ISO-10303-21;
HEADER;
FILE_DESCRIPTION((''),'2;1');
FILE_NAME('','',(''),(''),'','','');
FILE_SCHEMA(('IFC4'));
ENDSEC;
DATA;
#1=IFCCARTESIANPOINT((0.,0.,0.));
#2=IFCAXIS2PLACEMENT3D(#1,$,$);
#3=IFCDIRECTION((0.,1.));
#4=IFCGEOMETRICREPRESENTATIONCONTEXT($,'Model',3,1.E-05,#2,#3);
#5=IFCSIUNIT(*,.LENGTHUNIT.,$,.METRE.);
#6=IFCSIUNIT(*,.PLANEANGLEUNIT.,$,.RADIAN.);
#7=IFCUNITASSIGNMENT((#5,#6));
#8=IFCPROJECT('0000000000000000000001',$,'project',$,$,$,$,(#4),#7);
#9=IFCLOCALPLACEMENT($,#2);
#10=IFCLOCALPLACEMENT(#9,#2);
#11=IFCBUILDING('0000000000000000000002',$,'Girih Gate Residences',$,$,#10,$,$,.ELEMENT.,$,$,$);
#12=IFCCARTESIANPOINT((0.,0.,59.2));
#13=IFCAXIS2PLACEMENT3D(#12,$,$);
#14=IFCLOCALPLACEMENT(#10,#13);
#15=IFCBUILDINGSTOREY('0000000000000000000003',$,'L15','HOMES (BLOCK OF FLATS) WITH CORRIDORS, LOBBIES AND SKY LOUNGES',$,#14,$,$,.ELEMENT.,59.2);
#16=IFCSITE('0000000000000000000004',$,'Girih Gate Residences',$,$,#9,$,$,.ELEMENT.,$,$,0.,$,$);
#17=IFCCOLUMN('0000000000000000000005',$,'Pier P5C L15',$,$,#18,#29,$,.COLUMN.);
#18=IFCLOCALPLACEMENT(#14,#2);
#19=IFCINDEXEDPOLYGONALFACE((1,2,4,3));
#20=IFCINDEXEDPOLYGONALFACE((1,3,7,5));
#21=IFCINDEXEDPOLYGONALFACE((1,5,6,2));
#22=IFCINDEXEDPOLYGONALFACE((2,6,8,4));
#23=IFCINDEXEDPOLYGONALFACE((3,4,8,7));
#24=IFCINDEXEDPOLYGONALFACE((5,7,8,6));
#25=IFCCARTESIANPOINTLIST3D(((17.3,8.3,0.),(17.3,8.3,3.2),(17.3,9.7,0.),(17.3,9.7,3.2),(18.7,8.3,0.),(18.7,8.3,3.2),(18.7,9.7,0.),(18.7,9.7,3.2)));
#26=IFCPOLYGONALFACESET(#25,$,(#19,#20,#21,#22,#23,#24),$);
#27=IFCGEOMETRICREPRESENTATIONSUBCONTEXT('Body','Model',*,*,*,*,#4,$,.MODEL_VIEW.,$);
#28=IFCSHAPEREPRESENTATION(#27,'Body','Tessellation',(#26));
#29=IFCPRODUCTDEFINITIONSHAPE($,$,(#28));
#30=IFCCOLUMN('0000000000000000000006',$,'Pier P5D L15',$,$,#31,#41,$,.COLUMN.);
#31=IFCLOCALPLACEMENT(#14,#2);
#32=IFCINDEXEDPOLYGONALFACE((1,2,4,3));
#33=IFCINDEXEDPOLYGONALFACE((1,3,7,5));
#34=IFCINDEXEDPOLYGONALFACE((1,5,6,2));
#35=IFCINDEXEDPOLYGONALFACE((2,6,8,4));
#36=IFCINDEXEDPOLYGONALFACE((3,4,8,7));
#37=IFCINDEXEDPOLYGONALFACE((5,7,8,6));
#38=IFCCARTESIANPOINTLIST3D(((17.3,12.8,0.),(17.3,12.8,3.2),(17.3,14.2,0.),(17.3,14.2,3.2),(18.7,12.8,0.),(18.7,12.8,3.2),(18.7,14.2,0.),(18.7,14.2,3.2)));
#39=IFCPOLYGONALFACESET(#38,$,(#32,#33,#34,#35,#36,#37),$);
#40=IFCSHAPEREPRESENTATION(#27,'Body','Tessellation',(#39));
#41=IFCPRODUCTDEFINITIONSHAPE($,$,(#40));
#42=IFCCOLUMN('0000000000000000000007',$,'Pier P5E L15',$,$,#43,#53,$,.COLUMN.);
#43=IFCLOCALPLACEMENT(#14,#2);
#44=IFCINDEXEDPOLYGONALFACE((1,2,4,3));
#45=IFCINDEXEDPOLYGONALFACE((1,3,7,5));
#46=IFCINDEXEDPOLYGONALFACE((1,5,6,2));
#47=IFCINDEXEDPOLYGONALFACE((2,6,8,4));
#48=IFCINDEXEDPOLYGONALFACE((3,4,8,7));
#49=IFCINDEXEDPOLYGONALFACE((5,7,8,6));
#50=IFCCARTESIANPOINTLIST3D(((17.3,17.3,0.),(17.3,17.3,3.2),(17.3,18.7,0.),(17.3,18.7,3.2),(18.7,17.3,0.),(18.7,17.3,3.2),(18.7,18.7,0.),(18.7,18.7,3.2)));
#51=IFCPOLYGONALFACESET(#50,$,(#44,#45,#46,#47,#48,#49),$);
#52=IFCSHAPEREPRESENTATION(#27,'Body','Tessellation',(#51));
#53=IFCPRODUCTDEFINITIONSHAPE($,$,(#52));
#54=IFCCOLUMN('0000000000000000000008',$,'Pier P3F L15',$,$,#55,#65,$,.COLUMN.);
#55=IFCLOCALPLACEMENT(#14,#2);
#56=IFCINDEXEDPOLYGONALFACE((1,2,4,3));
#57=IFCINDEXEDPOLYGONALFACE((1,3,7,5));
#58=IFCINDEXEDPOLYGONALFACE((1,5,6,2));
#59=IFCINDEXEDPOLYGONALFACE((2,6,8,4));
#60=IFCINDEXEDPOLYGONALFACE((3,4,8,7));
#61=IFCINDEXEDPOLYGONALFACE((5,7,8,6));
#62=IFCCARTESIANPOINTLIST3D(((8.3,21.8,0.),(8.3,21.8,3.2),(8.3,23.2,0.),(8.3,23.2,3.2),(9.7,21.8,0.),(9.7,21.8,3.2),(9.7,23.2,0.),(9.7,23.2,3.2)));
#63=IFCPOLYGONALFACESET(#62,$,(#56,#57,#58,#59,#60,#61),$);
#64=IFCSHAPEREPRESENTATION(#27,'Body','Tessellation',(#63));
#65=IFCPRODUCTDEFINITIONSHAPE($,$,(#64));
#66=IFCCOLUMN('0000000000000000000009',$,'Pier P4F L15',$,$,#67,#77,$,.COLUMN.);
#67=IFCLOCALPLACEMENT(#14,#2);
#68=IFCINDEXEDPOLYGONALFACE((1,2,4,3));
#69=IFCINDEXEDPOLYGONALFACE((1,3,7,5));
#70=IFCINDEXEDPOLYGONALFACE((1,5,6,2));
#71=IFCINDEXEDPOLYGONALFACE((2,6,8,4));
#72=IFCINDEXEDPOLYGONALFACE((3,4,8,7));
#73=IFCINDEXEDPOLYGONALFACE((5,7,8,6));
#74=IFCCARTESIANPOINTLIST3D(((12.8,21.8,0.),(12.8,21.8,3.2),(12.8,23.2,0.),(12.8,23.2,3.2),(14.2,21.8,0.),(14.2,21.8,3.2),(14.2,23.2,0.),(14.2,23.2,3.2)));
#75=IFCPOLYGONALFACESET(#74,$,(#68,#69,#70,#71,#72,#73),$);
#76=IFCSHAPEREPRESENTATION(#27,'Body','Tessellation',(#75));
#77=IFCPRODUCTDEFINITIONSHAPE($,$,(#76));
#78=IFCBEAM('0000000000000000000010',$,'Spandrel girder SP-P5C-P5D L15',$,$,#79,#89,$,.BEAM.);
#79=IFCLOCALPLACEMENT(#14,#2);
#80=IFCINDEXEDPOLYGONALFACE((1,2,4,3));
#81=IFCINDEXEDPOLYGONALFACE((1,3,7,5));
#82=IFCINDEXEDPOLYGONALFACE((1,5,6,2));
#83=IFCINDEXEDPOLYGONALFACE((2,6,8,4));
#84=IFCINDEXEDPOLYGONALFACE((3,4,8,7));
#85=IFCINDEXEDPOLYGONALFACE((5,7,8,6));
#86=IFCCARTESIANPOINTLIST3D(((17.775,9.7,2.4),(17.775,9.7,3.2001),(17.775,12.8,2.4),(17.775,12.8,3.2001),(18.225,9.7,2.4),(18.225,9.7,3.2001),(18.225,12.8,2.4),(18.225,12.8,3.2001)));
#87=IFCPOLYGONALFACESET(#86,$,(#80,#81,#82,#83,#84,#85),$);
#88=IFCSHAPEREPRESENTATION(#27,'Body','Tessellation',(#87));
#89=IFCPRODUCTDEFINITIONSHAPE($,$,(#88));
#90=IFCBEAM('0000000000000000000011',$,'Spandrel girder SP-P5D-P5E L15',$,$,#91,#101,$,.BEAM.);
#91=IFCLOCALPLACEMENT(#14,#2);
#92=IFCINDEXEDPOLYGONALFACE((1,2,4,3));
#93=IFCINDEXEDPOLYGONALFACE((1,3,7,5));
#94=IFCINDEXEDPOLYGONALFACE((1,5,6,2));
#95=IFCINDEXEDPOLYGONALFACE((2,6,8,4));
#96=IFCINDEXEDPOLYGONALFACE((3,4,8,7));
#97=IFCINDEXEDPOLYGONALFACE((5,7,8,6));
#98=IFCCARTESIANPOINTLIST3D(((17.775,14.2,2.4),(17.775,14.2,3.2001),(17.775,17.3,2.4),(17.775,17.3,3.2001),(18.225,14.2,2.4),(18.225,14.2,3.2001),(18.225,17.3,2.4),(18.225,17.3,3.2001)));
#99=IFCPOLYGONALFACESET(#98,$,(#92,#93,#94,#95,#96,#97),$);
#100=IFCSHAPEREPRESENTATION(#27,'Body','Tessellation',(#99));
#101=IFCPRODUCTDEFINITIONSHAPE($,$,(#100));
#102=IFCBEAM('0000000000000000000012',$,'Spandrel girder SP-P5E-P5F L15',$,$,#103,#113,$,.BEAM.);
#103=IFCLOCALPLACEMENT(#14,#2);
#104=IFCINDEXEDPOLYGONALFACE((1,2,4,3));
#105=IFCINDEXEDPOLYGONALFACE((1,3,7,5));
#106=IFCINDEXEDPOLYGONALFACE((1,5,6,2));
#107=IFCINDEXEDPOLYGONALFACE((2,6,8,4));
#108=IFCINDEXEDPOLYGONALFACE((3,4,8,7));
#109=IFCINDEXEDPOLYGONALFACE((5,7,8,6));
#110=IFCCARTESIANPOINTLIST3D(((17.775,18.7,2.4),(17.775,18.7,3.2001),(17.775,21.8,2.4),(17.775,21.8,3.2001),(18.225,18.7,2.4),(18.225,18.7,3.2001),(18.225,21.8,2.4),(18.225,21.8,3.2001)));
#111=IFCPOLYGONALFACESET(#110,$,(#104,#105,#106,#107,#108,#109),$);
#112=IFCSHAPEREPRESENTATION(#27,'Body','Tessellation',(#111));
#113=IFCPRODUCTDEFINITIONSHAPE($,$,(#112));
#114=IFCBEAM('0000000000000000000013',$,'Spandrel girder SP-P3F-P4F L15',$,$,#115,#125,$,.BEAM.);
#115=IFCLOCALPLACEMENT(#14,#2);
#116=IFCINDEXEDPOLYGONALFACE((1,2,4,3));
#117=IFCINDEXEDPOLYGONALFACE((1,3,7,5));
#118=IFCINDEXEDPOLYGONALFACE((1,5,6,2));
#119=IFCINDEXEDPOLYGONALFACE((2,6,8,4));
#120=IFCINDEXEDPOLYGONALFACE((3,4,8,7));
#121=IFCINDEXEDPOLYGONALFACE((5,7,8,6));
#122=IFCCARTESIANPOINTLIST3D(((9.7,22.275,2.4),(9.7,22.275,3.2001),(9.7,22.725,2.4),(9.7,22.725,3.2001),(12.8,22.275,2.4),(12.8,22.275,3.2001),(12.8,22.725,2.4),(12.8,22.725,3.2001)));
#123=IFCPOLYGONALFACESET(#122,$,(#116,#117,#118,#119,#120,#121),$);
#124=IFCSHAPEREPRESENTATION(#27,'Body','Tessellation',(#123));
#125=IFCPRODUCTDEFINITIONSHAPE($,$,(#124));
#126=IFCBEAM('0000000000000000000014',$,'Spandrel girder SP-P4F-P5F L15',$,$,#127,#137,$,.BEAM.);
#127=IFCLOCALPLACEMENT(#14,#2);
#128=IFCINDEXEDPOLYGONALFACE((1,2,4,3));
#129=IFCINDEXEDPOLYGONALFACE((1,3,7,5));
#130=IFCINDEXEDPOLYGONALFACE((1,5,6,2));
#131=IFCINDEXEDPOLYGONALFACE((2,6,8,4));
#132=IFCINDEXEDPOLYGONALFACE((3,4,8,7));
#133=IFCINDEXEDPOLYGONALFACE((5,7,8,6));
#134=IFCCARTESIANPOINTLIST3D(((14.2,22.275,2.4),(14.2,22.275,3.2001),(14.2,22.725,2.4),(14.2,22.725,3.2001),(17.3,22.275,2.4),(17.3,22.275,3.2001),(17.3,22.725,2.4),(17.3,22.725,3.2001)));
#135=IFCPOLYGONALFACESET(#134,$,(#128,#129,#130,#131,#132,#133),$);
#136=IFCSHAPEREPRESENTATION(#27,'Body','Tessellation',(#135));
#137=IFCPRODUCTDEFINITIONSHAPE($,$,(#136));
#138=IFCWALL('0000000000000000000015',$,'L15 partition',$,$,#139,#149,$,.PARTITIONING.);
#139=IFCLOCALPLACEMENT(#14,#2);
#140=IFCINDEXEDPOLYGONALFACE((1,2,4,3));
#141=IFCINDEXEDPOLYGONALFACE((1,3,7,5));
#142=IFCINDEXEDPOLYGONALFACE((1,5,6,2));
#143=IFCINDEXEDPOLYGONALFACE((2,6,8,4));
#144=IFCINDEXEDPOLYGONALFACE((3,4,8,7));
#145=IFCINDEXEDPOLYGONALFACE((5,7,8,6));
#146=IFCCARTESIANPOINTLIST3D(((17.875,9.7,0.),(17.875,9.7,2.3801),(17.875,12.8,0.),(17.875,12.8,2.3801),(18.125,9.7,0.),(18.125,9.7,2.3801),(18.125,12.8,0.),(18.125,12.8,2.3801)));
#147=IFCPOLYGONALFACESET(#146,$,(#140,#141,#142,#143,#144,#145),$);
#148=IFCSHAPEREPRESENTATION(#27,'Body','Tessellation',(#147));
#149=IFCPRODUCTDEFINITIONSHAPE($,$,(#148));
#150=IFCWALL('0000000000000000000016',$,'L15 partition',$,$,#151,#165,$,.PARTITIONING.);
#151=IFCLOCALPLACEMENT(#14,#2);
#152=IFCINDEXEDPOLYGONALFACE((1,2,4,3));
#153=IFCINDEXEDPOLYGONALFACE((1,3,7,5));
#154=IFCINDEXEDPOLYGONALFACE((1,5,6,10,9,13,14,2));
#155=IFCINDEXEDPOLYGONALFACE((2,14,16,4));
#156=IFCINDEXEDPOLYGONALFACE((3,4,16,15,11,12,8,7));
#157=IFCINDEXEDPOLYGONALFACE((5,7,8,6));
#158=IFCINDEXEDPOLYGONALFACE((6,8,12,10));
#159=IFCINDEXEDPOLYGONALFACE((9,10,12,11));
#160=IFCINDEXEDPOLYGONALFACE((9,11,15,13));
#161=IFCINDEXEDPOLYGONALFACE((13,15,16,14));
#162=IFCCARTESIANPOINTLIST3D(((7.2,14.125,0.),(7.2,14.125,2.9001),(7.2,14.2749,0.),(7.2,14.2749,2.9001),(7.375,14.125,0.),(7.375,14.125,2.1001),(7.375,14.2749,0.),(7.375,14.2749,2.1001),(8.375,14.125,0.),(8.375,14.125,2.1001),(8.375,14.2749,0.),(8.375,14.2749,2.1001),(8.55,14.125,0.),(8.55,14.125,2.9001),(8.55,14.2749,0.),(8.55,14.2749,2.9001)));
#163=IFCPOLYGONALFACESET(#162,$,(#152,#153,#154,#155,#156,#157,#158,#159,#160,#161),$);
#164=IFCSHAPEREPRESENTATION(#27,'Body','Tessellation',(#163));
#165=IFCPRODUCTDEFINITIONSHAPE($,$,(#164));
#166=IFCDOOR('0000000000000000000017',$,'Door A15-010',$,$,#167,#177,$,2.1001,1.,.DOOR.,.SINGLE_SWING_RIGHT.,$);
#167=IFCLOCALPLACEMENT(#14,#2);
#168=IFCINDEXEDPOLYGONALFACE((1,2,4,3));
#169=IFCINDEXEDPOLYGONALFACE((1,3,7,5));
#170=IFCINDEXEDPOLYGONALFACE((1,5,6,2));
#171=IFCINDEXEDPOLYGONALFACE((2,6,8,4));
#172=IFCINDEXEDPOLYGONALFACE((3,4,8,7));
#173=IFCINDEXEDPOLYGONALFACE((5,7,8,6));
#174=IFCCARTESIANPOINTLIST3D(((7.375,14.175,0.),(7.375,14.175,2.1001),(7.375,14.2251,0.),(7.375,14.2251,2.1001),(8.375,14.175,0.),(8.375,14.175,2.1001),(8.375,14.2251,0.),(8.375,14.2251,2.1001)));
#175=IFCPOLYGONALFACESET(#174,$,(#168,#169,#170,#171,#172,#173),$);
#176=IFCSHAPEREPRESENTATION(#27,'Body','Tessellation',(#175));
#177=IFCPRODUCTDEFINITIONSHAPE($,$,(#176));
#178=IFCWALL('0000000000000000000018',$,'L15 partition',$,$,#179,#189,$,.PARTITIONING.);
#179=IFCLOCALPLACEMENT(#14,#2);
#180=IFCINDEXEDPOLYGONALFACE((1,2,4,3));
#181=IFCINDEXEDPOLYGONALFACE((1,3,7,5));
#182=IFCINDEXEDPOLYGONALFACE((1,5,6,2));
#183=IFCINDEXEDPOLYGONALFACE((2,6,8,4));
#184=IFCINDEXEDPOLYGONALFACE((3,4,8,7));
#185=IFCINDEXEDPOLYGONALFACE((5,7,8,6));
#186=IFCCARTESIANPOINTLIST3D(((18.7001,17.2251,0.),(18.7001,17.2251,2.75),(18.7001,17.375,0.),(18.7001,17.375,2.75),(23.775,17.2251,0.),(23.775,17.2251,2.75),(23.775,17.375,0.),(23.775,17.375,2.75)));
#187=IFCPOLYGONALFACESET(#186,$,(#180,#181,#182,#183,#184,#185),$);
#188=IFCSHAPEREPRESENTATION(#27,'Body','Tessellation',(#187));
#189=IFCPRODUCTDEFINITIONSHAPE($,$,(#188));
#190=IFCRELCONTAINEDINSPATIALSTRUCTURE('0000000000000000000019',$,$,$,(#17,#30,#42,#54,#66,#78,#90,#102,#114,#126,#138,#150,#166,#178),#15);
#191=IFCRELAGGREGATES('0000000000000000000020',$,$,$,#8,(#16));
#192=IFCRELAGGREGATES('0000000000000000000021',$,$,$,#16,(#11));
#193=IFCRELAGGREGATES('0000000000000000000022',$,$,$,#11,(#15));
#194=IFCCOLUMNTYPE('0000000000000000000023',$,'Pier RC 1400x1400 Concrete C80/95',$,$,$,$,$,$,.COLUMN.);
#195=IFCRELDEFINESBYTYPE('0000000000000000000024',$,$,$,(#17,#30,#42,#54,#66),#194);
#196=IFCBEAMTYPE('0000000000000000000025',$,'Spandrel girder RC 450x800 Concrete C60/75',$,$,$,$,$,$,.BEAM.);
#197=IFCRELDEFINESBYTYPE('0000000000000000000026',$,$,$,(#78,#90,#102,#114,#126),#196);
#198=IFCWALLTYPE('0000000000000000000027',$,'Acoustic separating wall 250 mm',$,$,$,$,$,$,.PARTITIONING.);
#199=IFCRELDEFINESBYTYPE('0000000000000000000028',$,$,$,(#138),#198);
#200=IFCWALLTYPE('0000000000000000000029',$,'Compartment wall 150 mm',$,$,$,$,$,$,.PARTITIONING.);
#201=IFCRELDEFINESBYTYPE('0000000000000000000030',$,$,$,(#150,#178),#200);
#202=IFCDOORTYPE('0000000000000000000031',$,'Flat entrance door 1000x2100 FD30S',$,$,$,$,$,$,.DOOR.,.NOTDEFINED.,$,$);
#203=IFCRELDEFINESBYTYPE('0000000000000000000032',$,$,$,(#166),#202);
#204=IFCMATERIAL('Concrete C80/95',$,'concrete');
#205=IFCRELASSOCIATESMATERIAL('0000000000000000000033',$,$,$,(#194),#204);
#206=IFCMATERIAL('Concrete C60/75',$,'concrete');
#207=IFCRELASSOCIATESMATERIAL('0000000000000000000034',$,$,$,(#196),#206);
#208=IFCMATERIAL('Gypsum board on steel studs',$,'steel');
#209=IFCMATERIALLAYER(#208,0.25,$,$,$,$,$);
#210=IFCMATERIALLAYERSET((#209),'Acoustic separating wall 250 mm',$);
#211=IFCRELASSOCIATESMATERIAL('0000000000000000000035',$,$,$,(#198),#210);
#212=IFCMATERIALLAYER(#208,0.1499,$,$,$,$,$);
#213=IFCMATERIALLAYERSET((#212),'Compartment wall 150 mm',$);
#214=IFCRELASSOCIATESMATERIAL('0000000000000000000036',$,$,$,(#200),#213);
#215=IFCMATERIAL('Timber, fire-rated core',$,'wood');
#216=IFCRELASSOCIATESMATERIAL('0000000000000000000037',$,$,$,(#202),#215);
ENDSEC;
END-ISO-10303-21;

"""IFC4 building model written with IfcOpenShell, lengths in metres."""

from ifc_helpers import new_model, si_unit, direction, frame, frame_2d, origin, origin_2d, place, context, subcontext, project, spatial, rectangle, extrude, material, layer, layer_set, material_profile, profile_set, type_object, element, fill, save


model = new_model("IFC4")

# Units and contexts
model_context = context("Model", 3, precision=1e-05, world=origin(), true_north=direction((0.0, 1.0)))
body_context = subcontext(model_context, "Body", "Model", "MODEL_VIEW")
ifc_project = project(units=[si_unit("LENGTHUNIT", "METRE"), si_unit("PLANEANGLEUNIT", "RADIAN")], contexts=[model_context])

# Site, building, storey
site_placement = place(None, origin())
site = spatial("IfcSite", under=ifc_project, at=site_placement, Name="Girih Gate Residences", CompositionType="ELEMENT", RefElevation=0.0)
building_placement = place(site_placement, origin())
building = spatial("IfcBuilding", under=site, at=building_placement, Name="Girih Gate Residences", CompositionType="ELEMENT")
storey_placement = place(building_placement, frame((0.0, 0.0, 59.2)))
storey = spatial("IfcBuildingStorey", under=building, at=storey_placement, Name="L15", Description="HOMES (BLOCK OF FLATS) WITH CORRIDORS, LOBBIES AND SKY LOUNGES", CompositionType="ELEMENT", Elevation=59.2)

# Columns
ifc_material_1 = material(Name="Concrete C80/95", Category="concrete")
ifc_material_profile_1 = material_profile(ifc_material_1, rectangle(XDim=1.3999, YDim=1.3999, at=origin_2d()))
ifc_profile_set_1 = profile_set([ifc_material_profile_1], Name="Concrete C80/95")
column_type = type_object("IfcColumnType", Name="Pier RC 1400x1400 Concrete C80/95", PredefinedType="COLUMN", material=ifc_profile_set_1)
for number, where, z_axis, x_axis, name in (
    (1, (18.0, 9.0, 0.0), (0.0, 0.0, 1.0), (1.0, 0.0, 0.0), "Pier P5C L15"),
    (2, (18.0, 13.5, 0.0), (0.0, 0.0, 1.0), (1.0, 0.0, 0.0), "Pier P5D L15"),
    (3, (18.0, 18.0, 0.0), (0.0, 0.0, 1.0), (1.0, 0.0, 0.0), "Pier P5E L15"),
    (4, (9.0, 22.5, 0.0), (0.0, 0.0, 1.0), (1.0, 0.0, 0.0), "Pier P3F L15"),
    (5, (13.5, 22.5, 0.0), (0.0, 0.0, 1.0), (1.0, 0.0, 0.0), "Pier P4F L15"),
):
    element("IfcColumn", number, at=place(storey_placement, frame(where, z_axis=z_axis, x_axis=x_axis)), inside=storey, type_object=column_type, Name=name, PredefinedType="COLUMN", context=body_context, shape_type="SweptSolid", body=[
        extrude(rectangle(XDim=1.3999, YDim=1.3999, at=origin_2d()), origin(), (0.0, 0.0, 1.0), 3.2),
    ])

# Beams
ifc_material_2 = material(Name="Concrete C60/75", Category="concrete")
ifc_material_profile_2 = material_profile(ifc_material_2, rectangle(XDim=0.45, YDim=0.8, at=origin_2d()))
ifc_profile_set_2 = profile_set([ifc_material_profile_2], Name="Concrete C60/75")
beam_type = type_object("IfcBeamType", Name="Spandrel girder RC 450x800 Concrete C60/75", PredefinedType="BEAM", material=ifc_profile_set_2)
for number, where, z_axis, x_axis, name in (
    (6, (18.0, 9.7, 2.8), (0.0, 1.0, 0.0), (-1.0, 0.0, 0.0), "Spandrel girder SP-P5C-P5D L15"),
    (7, (18.0, 14.2, 2.8), (0.0, 1.0, 0.0), (-1.0, 0.0, 0.0), "Spandrel girder SP-P5D-P5E L15"),
    (8, (18.0, 18.7, 2.8), (0.0, 1.0, 0.0), (-1.0, 0.0, 0.0), "Spandrel girder SP-P5E-P5F L15"),
    (9, (9.7, 22.5, 2.8), (1.0, 0.0, 0.0), (0.0, 1.0, 0.0), "Spandrel girder SP-P3F-P4F L15"),
    (10, (14.2, 22.5, 2.8), (1.0, 0.0, 0.0), (0.0, 1.0, 0.0), "Spandrel girder SP-P4F-P5F L15"),
):
    element("IfcBeam", number, at=place(storey_placement, frame(where, z_axis=z_axis, x_axis=x_axis)), inside=storey, type_object=beam_type, Name=name, PredefinedType="BEAM", context=body_context, shape_type="SweptSolid", body=[
        extrude(rectangle(XDim=0.45, YDim=0.8, at=origin_2d()), origin(), (0.0, 0.0, 1.0), 3.1001),
    ])

# Wall
ifc_material_3 = material(Name="Gypsum board on steel studs", Category="steel")
ifc_layer_1 = layer(ifc_material_3, 0.25)
ifc_layer_set_1 = layer_set([ifc_layer_1], Name="Acoustic separating wall 250 mm")
wall_type_1 = type_object("IfcWallType", Name="Acoustic separating wall 250 mm", PredefinedType="PARTITIONING", material=ifc_layer_set_1)
wall_1_placement = place(storey_placement, frame((18.0, 9.7, 0.0), z_axis=(0.0, 0.0, 1.0), x_axis=(0.0, 1.0, 0.0)))
element("IfcWall", 11, at=wall_1_placement, inside=storey, type_object=wall_type_1, Name="L15 partition", PredefinedType="PARTITIONING", context=body_context, shape_type="SweptSolid", body=[
    extrude(rectangle(XDim=3.1001, YDim=0.25, at=frame_2d((1.55, 0.0))), origin(), (0.0, 0.0, 1.0), 2.3801),
])

# Wall, opening, door
ifc_layer_2 = layer(ifc_material_3, 0.1499)
ifc_layer_set_2 = layer_set([ifc_layer_2], Name="Compartment wall 150 mm")
wall_type_2 = type_object("IfcWallType", Name="Compartment wall 150 mm", PredefinedType="PARTITIONING", material=ifc_layer_set_2)
wall_2_placement = place(storey_placement, frame((8.55, 14.2, 0.0), z_axis=(0.0, 0.0, 1.0), x_axis=(-1.0, 0.0, 0.0)))
wall_2 = element("IfcWall", 12, at=wall_2_placement, inside=storey, type_object=wall_type_2, Name="L15 partition", PredefinedType="PARTITIONING", context=body_context, shape_type="SweptSolid", body=[
    extrude(rectangle(XDim=1.3501, YDim=0.1499, at=frame_2d((0.675, 0.0))), origin(), (0.0, 0.0, 1.0), 2.9001),
])
opening_1_placement = place(wall_2_placement, frame((0.175, 0.0, 0.0)))
opening_1 = element("IfcOpeningElement", 13, at=opening_1_placement, cuts=wall_2, PredefinedType="OPENING", context=body_context, shape_type="SweptSolid", body=[
    extrude(rectangle(XDim=1.0, YDim=2.1001, at=frame_2d((0.5, 1.05))), frame((0.0, 0.085, 0.0), z_axis=(0.0, -1.0, 0.0), x_axis=(1.0, 0.0, 0.0)), (0.0, 0.0, 1.0), 0.1699),
])
ifc_material_4 = material(Name="Timber, fire-rated core", Category="wood")
door_type_1 = type_object("IfcDoorType", Name="Flat entrance door 1000x2100 FD30S", OperationType="NOTDEFINED", PredefinedType="DOOR", material=ifc_material_4)
door_1_placement = place(opening_1_placement, origin())
door_1 = element("IfcDoor", 14, at=door_1_placement, inside=storey, type_object=door_type_1, Name="Door A15-010", OperationType="SINGLE_SWING_RIGHT", OverallHeight=2.1001, OverallWidth=1.0, PredefinedType="DOOR", context=body_context, shape_type="SweptSolid", body=[
    extrude(rectangle(XDim=1.0, YDim=2.1001, at=frame_2d((0.5, 1.05))), frame((0.0, 0.0249, 0.0), z_axis=(0.0, -1.0, 0.0), x_axis=(1.0, 0.0, 0.0)), (0.0, 0.0, 1.0), 0.05),
])
fill(opening_1, door_1)

# Wall
wall_3_placement = place(storey_placement, frame((18.7, 17.3, 0.0), z_axis=(0.0, 0.0, 1.0), x_axis=(1.0, 0.0, 0.0)))
element("IfcWall", 15, at=wall_3_placement, inside=storey, type_object=wall_type_2, Name="L15 partition", PredefinedType="PARTITIONING", context=body_context, shape_type="SweptSolid", body=[
    extrude(rectangle(XDim=5.075, YDim=0.1499, at=frame_2d((2.5376, 0.0))), origin(), (0.0, 0.0, 1.0), 2.75),
])

save(model, "model.ifc")
